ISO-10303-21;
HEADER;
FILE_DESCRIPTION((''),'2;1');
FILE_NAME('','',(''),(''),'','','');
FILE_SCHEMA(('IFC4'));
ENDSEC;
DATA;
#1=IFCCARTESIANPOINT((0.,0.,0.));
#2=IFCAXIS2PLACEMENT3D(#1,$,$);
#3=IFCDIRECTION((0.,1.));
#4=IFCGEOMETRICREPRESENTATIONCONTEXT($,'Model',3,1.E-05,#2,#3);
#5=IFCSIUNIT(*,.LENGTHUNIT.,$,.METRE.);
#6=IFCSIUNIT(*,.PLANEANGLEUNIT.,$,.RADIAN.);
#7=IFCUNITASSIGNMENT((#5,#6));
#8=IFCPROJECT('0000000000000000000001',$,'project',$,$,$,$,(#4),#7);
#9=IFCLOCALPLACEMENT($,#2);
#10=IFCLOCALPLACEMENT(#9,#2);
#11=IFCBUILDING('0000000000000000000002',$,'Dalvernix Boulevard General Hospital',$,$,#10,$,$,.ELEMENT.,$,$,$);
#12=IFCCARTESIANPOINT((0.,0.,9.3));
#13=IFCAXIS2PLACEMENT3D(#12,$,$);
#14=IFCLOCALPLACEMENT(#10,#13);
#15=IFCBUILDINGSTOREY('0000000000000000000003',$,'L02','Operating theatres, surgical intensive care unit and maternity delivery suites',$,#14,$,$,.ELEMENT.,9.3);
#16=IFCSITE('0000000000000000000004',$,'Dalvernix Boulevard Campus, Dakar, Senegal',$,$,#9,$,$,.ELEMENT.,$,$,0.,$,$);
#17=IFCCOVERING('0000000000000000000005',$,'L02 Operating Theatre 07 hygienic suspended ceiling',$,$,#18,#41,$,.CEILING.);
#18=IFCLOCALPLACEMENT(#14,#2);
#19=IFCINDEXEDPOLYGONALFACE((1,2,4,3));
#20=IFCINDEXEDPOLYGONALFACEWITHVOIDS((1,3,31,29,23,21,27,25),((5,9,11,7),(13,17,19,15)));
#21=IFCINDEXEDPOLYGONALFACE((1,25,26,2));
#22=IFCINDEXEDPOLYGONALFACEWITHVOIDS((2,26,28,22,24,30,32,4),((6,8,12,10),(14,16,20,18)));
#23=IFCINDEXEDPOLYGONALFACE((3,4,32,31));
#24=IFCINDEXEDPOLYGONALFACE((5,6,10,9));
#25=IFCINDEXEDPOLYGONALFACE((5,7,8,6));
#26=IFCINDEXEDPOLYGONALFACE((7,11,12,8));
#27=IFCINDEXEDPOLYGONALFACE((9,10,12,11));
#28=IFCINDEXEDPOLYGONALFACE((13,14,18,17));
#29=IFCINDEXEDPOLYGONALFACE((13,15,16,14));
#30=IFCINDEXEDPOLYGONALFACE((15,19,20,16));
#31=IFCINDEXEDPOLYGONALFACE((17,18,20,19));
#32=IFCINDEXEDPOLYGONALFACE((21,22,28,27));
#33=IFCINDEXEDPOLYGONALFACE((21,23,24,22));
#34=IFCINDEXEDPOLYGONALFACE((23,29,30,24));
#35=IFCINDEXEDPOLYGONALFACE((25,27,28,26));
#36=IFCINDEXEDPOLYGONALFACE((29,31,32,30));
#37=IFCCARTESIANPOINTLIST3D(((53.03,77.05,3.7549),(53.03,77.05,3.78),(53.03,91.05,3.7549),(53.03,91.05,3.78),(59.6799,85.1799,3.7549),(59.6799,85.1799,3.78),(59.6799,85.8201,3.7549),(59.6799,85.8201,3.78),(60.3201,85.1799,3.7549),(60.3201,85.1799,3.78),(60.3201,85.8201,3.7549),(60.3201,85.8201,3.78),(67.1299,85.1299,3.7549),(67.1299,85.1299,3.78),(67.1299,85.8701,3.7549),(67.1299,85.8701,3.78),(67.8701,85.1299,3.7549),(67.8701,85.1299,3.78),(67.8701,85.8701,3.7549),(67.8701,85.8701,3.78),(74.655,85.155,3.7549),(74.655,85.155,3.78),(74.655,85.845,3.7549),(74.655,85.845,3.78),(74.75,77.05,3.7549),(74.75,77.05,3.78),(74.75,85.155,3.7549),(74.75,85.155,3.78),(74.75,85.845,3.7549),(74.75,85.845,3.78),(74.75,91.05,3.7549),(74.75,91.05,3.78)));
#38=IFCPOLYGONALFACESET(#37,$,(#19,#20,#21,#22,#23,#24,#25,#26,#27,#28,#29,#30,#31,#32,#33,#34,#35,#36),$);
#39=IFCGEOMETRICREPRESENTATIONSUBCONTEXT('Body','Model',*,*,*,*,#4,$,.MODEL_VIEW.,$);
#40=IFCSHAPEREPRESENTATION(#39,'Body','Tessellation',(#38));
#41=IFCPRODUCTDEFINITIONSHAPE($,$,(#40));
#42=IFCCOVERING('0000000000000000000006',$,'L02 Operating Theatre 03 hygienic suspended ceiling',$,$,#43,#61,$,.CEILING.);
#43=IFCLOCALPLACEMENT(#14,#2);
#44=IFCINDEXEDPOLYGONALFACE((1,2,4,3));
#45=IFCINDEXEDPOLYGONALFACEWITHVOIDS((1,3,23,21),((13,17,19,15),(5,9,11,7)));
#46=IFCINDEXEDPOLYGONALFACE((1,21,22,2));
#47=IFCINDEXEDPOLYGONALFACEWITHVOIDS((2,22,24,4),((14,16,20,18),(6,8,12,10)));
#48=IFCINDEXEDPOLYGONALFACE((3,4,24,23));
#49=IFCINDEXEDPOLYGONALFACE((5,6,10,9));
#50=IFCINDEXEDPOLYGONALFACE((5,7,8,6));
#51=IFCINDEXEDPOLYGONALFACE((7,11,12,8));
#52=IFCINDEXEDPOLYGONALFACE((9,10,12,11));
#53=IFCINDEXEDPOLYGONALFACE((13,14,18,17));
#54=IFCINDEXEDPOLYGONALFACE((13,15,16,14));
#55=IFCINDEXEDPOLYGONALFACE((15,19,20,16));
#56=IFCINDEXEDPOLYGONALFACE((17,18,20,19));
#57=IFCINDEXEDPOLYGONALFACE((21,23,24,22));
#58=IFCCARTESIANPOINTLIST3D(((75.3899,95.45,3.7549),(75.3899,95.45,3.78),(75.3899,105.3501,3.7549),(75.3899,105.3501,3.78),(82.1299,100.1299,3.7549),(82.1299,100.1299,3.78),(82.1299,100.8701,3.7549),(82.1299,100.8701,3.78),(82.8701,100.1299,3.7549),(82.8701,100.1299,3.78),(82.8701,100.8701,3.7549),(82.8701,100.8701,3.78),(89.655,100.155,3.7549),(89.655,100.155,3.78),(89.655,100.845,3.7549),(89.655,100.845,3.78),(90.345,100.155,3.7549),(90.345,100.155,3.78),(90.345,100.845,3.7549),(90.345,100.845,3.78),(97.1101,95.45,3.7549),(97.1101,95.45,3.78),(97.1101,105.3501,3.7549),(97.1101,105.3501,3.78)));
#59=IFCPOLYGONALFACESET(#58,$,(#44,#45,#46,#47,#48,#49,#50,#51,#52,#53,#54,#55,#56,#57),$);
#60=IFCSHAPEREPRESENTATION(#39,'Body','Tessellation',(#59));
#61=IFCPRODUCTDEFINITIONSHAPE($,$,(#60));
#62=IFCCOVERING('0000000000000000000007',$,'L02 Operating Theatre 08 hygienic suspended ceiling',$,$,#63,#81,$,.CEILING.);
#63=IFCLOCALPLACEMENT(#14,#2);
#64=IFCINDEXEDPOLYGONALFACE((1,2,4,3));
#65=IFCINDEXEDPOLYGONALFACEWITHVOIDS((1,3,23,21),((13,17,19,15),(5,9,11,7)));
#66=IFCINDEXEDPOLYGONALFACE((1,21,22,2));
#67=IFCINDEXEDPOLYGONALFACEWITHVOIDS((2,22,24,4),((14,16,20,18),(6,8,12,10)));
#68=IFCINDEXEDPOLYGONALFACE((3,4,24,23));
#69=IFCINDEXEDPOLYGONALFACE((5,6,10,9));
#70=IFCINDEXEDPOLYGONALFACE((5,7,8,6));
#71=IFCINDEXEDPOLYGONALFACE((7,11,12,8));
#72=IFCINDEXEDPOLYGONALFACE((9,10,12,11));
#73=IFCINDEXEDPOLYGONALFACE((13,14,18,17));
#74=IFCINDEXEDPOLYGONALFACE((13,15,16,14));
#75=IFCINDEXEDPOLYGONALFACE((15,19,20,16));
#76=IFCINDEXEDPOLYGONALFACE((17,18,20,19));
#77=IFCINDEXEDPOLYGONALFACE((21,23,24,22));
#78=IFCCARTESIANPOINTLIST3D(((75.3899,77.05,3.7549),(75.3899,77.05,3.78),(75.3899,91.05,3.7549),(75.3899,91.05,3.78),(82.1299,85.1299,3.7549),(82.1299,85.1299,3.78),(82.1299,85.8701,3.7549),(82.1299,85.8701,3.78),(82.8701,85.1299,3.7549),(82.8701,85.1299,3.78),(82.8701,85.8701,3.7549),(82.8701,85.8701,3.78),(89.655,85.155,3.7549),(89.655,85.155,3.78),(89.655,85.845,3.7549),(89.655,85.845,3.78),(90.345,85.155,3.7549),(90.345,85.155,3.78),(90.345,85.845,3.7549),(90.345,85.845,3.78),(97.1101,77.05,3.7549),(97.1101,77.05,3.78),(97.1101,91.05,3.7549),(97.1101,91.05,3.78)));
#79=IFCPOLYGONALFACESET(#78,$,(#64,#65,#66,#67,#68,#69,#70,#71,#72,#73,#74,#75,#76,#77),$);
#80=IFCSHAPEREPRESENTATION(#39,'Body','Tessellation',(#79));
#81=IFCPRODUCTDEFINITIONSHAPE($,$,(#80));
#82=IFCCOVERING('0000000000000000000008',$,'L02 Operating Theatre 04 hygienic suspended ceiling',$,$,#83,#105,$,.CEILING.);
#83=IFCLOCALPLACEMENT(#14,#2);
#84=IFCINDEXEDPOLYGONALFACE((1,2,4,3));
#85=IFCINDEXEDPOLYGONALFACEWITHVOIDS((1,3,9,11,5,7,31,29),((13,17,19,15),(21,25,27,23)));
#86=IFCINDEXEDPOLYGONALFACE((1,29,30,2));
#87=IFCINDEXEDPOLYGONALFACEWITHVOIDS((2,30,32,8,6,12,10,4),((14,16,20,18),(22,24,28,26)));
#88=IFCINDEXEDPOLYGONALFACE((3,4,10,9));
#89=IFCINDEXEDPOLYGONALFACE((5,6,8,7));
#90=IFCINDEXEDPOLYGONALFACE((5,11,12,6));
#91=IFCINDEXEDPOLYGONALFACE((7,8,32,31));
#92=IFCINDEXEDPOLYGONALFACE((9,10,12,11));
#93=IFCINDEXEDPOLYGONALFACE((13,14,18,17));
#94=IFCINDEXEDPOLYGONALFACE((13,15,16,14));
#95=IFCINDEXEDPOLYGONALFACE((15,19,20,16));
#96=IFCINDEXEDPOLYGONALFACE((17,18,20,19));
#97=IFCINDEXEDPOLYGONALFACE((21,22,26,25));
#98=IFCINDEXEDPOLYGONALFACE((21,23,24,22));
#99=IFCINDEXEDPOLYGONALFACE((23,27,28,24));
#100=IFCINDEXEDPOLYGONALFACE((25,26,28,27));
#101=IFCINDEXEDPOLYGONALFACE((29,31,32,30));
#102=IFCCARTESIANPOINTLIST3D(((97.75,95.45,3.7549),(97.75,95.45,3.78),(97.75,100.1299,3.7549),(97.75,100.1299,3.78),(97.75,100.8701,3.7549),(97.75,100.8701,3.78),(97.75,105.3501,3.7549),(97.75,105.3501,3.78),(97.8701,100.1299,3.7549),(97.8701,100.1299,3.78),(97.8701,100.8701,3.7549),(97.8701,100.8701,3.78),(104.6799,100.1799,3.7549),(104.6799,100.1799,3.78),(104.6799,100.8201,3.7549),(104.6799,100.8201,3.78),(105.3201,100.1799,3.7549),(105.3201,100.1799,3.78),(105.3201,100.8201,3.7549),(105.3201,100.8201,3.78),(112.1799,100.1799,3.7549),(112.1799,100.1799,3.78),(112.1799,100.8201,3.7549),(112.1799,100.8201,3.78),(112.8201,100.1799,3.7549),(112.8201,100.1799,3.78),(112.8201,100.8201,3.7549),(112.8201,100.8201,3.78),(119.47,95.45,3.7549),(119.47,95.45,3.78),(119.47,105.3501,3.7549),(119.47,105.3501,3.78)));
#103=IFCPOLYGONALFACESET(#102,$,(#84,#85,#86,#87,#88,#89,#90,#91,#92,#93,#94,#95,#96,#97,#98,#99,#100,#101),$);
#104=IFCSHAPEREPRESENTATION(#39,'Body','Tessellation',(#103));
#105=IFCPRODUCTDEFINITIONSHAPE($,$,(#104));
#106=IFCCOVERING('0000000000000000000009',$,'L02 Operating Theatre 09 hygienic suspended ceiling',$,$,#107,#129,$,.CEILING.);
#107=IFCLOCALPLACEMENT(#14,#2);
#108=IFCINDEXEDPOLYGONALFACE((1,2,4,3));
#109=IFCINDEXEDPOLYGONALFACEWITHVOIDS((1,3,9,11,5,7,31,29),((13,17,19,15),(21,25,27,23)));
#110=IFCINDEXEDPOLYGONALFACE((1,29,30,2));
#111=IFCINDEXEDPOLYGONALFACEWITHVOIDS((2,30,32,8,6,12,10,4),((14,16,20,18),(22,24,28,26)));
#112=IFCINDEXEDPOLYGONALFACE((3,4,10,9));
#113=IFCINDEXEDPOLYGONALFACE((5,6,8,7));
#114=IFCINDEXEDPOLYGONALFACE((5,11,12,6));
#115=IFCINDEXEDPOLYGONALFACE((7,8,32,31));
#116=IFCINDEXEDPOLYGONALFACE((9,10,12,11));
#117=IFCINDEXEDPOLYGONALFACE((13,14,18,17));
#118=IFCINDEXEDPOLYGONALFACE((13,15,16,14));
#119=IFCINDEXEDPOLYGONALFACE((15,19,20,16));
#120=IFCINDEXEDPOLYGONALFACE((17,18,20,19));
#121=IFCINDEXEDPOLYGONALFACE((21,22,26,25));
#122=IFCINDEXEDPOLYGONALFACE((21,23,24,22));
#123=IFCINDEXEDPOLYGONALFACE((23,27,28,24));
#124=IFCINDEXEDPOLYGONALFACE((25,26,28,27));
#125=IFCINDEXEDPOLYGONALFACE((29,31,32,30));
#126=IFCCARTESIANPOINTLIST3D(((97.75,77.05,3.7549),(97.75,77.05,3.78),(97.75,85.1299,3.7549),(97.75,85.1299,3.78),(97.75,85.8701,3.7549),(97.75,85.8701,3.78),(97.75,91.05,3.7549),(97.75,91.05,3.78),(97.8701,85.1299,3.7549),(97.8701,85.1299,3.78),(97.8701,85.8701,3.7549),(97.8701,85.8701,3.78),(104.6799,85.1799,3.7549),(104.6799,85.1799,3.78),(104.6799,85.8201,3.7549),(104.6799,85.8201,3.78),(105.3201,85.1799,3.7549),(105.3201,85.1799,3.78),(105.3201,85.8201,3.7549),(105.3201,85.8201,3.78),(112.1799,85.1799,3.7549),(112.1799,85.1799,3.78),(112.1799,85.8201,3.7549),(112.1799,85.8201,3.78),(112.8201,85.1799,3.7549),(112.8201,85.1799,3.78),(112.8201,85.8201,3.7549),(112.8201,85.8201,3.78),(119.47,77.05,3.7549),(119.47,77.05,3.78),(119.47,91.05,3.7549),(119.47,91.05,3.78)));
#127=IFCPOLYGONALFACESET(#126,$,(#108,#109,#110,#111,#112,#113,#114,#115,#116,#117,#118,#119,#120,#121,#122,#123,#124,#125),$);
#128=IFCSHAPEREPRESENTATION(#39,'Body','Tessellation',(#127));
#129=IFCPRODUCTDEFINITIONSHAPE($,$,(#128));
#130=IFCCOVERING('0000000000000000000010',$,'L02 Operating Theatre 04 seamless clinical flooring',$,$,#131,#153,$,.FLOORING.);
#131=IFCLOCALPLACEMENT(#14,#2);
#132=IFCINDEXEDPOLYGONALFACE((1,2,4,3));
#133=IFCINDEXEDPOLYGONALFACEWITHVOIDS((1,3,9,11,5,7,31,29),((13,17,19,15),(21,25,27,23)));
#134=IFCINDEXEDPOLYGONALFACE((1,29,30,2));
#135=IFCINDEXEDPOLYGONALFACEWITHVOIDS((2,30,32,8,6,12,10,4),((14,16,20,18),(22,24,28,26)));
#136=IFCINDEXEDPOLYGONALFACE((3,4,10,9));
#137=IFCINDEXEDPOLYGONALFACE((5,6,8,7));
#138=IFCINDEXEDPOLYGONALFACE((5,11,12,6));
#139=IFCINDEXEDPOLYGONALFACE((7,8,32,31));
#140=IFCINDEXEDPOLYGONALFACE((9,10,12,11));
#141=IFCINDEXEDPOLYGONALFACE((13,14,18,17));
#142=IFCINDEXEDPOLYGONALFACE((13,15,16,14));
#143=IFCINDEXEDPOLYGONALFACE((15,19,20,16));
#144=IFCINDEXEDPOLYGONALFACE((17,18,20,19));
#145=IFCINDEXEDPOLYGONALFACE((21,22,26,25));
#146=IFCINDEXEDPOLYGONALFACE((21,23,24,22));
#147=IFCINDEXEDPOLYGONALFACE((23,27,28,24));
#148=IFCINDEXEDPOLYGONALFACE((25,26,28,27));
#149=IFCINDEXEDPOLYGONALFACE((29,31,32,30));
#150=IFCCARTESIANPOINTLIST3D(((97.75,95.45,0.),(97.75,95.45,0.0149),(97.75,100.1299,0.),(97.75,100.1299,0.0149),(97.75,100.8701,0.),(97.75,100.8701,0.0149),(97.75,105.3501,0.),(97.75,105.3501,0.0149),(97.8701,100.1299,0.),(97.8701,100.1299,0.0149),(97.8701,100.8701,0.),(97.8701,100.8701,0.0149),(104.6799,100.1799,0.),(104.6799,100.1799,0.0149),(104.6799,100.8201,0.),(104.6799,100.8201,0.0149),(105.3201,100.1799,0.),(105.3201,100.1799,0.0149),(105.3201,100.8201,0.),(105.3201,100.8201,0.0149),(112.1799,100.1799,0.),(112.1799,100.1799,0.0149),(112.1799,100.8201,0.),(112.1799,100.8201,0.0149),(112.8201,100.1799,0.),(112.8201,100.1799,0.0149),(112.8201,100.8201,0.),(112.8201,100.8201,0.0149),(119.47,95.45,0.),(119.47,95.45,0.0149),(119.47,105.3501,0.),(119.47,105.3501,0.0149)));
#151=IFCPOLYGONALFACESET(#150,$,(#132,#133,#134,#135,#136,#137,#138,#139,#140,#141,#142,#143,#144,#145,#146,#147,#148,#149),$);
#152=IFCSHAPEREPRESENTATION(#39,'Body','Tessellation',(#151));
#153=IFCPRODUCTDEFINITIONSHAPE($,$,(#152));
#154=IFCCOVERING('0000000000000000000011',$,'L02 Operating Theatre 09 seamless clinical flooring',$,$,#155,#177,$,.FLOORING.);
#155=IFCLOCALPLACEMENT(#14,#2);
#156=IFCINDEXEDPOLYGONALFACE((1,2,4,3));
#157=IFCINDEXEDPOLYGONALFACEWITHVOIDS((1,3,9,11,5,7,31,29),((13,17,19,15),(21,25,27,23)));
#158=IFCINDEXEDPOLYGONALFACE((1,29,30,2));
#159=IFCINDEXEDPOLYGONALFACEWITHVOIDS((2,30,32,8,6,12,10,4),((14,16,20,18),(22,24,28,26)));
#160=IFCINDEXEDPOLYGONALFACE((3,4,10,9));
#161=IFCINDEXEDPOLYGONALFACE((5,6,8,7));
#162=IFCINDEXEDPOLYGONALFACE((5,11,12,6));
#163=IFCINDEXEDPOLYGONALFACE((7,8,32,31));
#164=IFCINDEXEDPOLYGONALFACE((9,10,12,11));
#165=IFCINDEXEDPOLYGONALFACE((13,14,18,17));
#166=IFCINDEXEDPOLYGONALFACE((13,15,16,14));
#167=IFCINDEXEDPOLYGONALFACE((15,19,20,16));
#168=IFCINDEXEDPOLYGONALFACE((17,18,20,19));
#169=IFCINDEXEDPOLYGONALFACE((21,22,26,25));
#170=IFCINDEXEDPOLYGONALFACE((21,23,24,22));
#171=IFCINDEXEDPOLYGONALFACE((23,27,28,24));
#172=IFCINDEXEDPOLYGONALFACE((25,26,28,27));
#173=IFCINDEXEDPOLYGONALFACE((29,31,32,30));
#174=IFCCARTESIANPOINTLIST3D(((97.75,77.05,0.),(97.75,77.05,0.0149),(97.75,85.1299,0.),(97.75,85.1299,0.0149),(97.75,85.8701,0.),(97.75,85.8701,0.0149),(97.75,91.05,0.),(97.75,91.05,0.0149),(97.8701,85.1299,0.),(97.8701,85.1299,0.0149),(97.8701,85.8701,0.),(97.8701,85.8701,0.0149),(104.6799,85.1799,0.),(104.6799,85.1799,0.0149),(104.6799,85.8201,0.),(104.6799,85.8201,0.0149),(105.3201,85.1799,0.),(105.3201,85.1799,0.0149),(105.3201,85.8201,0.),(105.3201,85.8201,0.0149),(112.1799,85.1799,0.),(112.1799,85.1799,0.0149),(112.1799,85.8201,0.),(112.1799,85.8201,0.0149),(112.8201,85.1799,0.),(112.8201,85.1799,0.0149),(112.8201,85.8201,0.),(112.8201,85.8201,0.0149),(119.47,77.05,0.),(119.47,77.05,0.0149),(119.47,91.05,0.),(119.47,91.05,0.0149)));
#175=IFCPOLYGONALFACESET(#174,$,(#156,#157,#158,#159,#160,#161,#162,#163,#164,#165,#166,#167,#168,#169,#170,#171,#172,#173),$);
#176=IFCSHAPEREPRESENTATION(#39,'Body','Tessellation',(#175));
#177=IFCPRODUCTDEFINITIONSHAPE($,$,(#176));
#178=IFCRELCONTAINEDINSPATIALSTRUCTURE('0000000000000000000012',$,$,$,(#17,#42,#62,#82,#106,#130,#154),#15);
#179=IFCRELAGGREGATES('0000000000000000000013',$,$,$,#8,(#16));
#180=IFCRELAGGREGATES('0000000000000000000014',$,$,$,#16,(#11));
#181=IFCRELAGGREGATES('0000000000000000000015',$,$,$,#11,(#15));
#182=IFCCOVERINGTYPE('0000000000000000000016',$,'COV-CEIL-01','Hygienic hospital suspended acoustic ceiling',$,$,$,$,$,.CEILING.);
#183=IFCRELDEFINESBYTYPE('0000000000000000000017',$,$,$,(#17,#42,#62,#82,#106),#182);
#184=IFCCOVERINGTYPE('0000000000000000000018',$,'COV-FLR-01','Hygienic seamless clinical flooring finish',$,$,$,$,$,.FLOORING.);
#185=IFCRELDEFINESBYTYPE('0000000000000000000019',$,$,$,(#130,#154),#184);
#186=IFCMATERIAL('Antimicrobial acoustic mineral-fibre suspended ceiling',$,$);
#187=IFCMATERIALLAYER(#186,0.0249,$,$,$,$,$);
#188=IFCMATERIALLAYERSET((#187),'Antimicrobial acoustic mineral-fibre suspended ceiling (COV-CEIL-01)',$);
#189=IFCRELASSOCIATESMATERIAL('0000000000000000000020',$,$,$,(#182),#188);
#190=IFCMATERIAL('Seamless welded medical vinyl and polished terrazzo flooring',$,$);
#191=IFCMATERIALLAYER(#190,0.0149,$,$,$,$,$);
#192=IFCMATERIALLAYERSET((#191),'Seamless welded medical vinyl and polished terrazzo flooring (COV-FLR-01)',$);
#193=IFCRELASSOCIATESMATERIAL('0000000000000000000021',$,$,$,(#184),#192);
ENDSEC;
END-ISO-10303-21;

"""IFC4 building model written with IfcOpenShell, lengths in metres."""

from ifc_helpers import new_model, si_unit, direction, frame, origin, place, context, subcontext, project, spatial, polyline, outline, extrude, material, layer, layer_set, type_object, element, save


model = new_model("IFC4")

# Units and contexts
model_context = context("Model", 3, precision=1e-05, world=origin(), true_north=direction((0.0, 1.0)))
body_context = subcontext(model_context, "Body", "Model", "MODEL_VIEW")
ifc_project = project(units=[si_unit("LENGTHUNIT", "METRE"), si_unit("PLANEANGLEUNIT", "RADIAN")], contexts=[model_context])

# Site, building, storey
site_placement = place(None, origin())
site = spatial("IfcSite", under=ifc_project, at=site_placement, Name="Dalvernix Boulevard Campus, Dakar, Senegal", CompositionType="ELEMENT", RefElevation=0.0)
building_placement = place(site_placement, origin())
building = spatial("IfcBuilding", under=site, at=building_placement, Name="Dalvernix Boulevard General Hospital", CompositionType="ELEMENT")
storey_placement = place(building_placement, frame((0.0, 0.0, 9.3)))
storey = spatial("IfcBuildingStorey", under=building, at=storey_placement, Name="L02", Description="Operating theatres, surgical intensive care unit and maternity delivery suites", CompositionType="ELEMENT", Elevation=9.3)

# Coverings
ifc_material_1 = material(Name="Antimicrobial acoustic mineral-fibre suspended ceiling")
ifc_layer_1 = layer(ifc_material_1, 0.0249)
ifc_layer_set_1 = layer_set([ifc_layer_1], Name="Antimicrobial acoustic mineral-fibre suspended ceiling (COV-CEIL-01)")
covering_type_1 = type_object("IfcCoveringType", Name="COV-CEIL-01", Description="Hygienic hospital suspended acoustic ceiling", PredefinedType="CEILING", material=ifc_layer_set_1)
covering_1_placement = place(storey_placement, frame((0.0, 0.0, 3.7549)))
element("IfcCovering", 1, at=covering_1_placement, inside=storey, type_object=covering_type_1, Name="L02 Operating Theatre 07 hygienic suspended ceiling", PredefinedType="CEILING", context=body_context, shape_type="SweptSolid", body=[
    extrude(outline(polyline([(74.75, 91.05), (74.75, 85.845), (74.655, 85.845), (74.655, 85.155), (74.75, 85.155), (74.75, 77.05), (53.03, 77.05), (53.03, 91.05), (74.75, 91.05)]), holes=[polyline([(59.6799, 85.1799), (60.3201, 85.1799), (60.3201, 85.8201), (59.6799, 85.8201), (59.6799, 85.1799)]), polyline([(67.1299, 85.8701), (67.1299, 85.1299), (67.8701, 85.1299), (67.8701, 85.8701), (67.1299, 85.8701)])]), origin(), (0.0, 0.0, 1.0), 0.0251),
])
covering_2_placement = place(storey_placement, frame((0.0, 0.0, 3.7549)))
element("IfcCovering", 2, at=covering_2_placement, inside=storey, type_object=covering_type_1, Name="L02 Operating Theatre 03 hygienic suspended ceiling", PredefinedType="CEILING", context=body_context, shape_type="SweptSolid", body=[
    extrude(outline(polyline([(97.1101, 105.3501), (97.1101, 95.45), (75.3899, 95.45), (75.3899, 105.3501), (97.1101, 105.3501)]), holes=[polyline([(82.1299, 100.1299), (82.8701, 100.1299), (82.8701, 100.8701), (82.1299, 100.8701), (82.1299, 100.1299)]), polyline([(89.655, 100.845), (89.655, 100.155), (90.345, 100.155), (90.345, 100.845), (89.655, 100.845)])]), origin(), (0.0, 0.0, 1.0), 0.0251),
])
covering_3_placement = place(storey_placement, frame((0.0, 0.0, 3.7549)))
element("IfcCovering", 3, at=covering_3_placement, inside=storey, type_object=covering_type_1, Name="L02 Operating Theatre 08 hygienic suspended ceiling", PredefinedType="CEILING", context=body_context, shape_type="SweptSolid", body=[
    extrude(outline(polyline([(97.1101, 91.05), (97.1101, 77.05), (75.3899, 77.05), (75.3899, 91.05), (97.1101, 91.05)]), holes=[polyline([(82.1299, 85.1299), (82.8701, 85.1299), (82.8701, 85.8701), (82.1299, 85.8701), (82.1299, 85.1299)]), polyline([(89.655, 85.845), (89.655, 85.155), (90.345, 85.155), (90.345, 85.845), (89.655, 85.845)])]), origin(), (0.0, 0.0, 1.0), 0.0251),
])
covering_4_placement = place(storey_placement, frame((0.0, 0.0, 3.7549)))
element("IfcCovering", 4, at=covering_4_placement, inside=storey, type_object=covering_type_1, Name="L02 Operating Theatre 04 hygienic suspended ceiling", PredefinedType="CEILING", context=body_context, shape_type="SweptSolid", body=[
    extrude(outline(polyline([(97.8701, 100.1299), (97.8701, 100.8701), (97.75, 100.8701), (97.75, 105.3501), (119.47, 105.3501), (119.47, 95.45), (97.75, 95.45), (97.75, 100.1299), (97.8701, 100.1299)]), holes=[polyline([(104.6799, 100.8201), (104.6799, 100.1799), (105.3201, 100.1799), (105.3201, 100.8201), (104.6799, 100.8201)]), polyline([(112.8201, 100.8201), (112.1799, 100.8201), (112.1799, 100.1799), (112.8201, 100.1799), (112.8201, 100.8201)])]), origin(), (0.0, 0.0, 1.0), 0.0251),
])
covering_5_placement = place(storey_placement, frame((0.0, 0.0, 3.7549)))
element("IfcCovering", 5, at=covering_5_placement, inside=storey, type_object=covering_type_1, Name="L02 Operating Theatre 09 hygienic suspended ceiling", PredefinedType="CEILING", context=body_context, shape_type="SweptSolid", body=[
    extrude(outline(polyline([(97.8701, 85.1299), (97.8701, 85.8701), (97.75, 85.8701), (97.75, 91.05), (119.47, 91.05), (119.47, 77.05), (97.75, 77.05), (97.75, 85.1299), (97.8701, 85.1299)]), holes=[polyline([(104.6799, 85.8201), (104.6799, 85.1799), (105.3201, 85.1799), (105.3201, 85.8201), (104.6799, 85.8201)]), polyline([(112.8201, 85.8201), (112.1799, 85.8201), (112.1799, 85.1799), (112.8201, 85.1799), (112.8201, 85.8201)])]), origin(), (0.0, 0.0, 1.0), 0.0251),
])
ifc_material_2 = material(Name="Seamless welded medical vinyl and polished terrazzo flooring")
ifc_layer_2 = layer(ifc_material_2, 0.0149)
ifc_layer_set_2 = layer_set([ifc_layer_2], Name="Seamless welded medical vinyl and polished terrazzo flooring (COV-FLR-01)")
covering_type_2 = type_object("IfcCoveringType", Name="COV-FLR-01", Description="Hygienic seamless clinical flooring finish", PredefinedType="FLOORING", material=ifc_layer_set_2)
covering_6_placement = place(storey_placement, origin())
element("IfcCovering", 6, at=covering_6_placement, inside=storey, type_object=covering_type_2, Name="L02 Operating Theatre 04 seamless clinical flooring", PredefinedType="FLOORING", context=body_context, shape_type="SweptSolid", body=[
    extrude(outline(polyline([(97.8701, 100.1299), (97.8701, 100.8701), (97.75, 100.8701), (97.75, 105.3501), (119.47, 105.3501), (119.47, 95.45), (97.75, 95.45), (97.75, 100.1299), (97.8701, 100.1299)]), holes=[polyline([(104.6799, 100.8201), (104.6799, 100.1799), (105.3201, 100.1799), (105.3201, 100.8201), (104.6799, 100.8201)]), polyline([(112.8201, 100.8201), (112.1799, 100.8201), (112.1799, 100.1799), (112.8201, 100.1799), (112.8201, 100.8201)])]), origin(), (0.0, 0.0, 1.0), 0.0149),
])
covering_7_placement = place(storey_placement, origin())
element("IfcCovering", 7, at=covering_7_placement, inside=storey, type_object=covering_type_2, Name="L02 Operating Theatre 09 seamless clinical flooring", PredefinedType="FLOORING", context=body_context, shape_type="SweptSolid", body=[
    extrude(outline(polyline([(97.8701, 85.1299), (97.8701, 85.8701), (97.75, 85.8701), (97.75, 91.05), (119.47, 91.05), (119.47, 77.05), (97.75, 77.05), (97.75, 85.1299), (97.8701, 85.1299)]), holes=[polyline([(104.6799, 85.8201), (104.6799, 85.1799), (105.3201, 85.1799), (105.3201, 85.8201), (104.6799, 85.8201)]), polyline([(112.8201, 85.8201), (112.1799, 85.8201), (112.1799, 85.1799), (112.8201, 85.1799), (112.8201, 85.8201)])]), origin(), (0.0, 0.0, 1.0), 0.0149),
])

save(model, "model.ifc")
